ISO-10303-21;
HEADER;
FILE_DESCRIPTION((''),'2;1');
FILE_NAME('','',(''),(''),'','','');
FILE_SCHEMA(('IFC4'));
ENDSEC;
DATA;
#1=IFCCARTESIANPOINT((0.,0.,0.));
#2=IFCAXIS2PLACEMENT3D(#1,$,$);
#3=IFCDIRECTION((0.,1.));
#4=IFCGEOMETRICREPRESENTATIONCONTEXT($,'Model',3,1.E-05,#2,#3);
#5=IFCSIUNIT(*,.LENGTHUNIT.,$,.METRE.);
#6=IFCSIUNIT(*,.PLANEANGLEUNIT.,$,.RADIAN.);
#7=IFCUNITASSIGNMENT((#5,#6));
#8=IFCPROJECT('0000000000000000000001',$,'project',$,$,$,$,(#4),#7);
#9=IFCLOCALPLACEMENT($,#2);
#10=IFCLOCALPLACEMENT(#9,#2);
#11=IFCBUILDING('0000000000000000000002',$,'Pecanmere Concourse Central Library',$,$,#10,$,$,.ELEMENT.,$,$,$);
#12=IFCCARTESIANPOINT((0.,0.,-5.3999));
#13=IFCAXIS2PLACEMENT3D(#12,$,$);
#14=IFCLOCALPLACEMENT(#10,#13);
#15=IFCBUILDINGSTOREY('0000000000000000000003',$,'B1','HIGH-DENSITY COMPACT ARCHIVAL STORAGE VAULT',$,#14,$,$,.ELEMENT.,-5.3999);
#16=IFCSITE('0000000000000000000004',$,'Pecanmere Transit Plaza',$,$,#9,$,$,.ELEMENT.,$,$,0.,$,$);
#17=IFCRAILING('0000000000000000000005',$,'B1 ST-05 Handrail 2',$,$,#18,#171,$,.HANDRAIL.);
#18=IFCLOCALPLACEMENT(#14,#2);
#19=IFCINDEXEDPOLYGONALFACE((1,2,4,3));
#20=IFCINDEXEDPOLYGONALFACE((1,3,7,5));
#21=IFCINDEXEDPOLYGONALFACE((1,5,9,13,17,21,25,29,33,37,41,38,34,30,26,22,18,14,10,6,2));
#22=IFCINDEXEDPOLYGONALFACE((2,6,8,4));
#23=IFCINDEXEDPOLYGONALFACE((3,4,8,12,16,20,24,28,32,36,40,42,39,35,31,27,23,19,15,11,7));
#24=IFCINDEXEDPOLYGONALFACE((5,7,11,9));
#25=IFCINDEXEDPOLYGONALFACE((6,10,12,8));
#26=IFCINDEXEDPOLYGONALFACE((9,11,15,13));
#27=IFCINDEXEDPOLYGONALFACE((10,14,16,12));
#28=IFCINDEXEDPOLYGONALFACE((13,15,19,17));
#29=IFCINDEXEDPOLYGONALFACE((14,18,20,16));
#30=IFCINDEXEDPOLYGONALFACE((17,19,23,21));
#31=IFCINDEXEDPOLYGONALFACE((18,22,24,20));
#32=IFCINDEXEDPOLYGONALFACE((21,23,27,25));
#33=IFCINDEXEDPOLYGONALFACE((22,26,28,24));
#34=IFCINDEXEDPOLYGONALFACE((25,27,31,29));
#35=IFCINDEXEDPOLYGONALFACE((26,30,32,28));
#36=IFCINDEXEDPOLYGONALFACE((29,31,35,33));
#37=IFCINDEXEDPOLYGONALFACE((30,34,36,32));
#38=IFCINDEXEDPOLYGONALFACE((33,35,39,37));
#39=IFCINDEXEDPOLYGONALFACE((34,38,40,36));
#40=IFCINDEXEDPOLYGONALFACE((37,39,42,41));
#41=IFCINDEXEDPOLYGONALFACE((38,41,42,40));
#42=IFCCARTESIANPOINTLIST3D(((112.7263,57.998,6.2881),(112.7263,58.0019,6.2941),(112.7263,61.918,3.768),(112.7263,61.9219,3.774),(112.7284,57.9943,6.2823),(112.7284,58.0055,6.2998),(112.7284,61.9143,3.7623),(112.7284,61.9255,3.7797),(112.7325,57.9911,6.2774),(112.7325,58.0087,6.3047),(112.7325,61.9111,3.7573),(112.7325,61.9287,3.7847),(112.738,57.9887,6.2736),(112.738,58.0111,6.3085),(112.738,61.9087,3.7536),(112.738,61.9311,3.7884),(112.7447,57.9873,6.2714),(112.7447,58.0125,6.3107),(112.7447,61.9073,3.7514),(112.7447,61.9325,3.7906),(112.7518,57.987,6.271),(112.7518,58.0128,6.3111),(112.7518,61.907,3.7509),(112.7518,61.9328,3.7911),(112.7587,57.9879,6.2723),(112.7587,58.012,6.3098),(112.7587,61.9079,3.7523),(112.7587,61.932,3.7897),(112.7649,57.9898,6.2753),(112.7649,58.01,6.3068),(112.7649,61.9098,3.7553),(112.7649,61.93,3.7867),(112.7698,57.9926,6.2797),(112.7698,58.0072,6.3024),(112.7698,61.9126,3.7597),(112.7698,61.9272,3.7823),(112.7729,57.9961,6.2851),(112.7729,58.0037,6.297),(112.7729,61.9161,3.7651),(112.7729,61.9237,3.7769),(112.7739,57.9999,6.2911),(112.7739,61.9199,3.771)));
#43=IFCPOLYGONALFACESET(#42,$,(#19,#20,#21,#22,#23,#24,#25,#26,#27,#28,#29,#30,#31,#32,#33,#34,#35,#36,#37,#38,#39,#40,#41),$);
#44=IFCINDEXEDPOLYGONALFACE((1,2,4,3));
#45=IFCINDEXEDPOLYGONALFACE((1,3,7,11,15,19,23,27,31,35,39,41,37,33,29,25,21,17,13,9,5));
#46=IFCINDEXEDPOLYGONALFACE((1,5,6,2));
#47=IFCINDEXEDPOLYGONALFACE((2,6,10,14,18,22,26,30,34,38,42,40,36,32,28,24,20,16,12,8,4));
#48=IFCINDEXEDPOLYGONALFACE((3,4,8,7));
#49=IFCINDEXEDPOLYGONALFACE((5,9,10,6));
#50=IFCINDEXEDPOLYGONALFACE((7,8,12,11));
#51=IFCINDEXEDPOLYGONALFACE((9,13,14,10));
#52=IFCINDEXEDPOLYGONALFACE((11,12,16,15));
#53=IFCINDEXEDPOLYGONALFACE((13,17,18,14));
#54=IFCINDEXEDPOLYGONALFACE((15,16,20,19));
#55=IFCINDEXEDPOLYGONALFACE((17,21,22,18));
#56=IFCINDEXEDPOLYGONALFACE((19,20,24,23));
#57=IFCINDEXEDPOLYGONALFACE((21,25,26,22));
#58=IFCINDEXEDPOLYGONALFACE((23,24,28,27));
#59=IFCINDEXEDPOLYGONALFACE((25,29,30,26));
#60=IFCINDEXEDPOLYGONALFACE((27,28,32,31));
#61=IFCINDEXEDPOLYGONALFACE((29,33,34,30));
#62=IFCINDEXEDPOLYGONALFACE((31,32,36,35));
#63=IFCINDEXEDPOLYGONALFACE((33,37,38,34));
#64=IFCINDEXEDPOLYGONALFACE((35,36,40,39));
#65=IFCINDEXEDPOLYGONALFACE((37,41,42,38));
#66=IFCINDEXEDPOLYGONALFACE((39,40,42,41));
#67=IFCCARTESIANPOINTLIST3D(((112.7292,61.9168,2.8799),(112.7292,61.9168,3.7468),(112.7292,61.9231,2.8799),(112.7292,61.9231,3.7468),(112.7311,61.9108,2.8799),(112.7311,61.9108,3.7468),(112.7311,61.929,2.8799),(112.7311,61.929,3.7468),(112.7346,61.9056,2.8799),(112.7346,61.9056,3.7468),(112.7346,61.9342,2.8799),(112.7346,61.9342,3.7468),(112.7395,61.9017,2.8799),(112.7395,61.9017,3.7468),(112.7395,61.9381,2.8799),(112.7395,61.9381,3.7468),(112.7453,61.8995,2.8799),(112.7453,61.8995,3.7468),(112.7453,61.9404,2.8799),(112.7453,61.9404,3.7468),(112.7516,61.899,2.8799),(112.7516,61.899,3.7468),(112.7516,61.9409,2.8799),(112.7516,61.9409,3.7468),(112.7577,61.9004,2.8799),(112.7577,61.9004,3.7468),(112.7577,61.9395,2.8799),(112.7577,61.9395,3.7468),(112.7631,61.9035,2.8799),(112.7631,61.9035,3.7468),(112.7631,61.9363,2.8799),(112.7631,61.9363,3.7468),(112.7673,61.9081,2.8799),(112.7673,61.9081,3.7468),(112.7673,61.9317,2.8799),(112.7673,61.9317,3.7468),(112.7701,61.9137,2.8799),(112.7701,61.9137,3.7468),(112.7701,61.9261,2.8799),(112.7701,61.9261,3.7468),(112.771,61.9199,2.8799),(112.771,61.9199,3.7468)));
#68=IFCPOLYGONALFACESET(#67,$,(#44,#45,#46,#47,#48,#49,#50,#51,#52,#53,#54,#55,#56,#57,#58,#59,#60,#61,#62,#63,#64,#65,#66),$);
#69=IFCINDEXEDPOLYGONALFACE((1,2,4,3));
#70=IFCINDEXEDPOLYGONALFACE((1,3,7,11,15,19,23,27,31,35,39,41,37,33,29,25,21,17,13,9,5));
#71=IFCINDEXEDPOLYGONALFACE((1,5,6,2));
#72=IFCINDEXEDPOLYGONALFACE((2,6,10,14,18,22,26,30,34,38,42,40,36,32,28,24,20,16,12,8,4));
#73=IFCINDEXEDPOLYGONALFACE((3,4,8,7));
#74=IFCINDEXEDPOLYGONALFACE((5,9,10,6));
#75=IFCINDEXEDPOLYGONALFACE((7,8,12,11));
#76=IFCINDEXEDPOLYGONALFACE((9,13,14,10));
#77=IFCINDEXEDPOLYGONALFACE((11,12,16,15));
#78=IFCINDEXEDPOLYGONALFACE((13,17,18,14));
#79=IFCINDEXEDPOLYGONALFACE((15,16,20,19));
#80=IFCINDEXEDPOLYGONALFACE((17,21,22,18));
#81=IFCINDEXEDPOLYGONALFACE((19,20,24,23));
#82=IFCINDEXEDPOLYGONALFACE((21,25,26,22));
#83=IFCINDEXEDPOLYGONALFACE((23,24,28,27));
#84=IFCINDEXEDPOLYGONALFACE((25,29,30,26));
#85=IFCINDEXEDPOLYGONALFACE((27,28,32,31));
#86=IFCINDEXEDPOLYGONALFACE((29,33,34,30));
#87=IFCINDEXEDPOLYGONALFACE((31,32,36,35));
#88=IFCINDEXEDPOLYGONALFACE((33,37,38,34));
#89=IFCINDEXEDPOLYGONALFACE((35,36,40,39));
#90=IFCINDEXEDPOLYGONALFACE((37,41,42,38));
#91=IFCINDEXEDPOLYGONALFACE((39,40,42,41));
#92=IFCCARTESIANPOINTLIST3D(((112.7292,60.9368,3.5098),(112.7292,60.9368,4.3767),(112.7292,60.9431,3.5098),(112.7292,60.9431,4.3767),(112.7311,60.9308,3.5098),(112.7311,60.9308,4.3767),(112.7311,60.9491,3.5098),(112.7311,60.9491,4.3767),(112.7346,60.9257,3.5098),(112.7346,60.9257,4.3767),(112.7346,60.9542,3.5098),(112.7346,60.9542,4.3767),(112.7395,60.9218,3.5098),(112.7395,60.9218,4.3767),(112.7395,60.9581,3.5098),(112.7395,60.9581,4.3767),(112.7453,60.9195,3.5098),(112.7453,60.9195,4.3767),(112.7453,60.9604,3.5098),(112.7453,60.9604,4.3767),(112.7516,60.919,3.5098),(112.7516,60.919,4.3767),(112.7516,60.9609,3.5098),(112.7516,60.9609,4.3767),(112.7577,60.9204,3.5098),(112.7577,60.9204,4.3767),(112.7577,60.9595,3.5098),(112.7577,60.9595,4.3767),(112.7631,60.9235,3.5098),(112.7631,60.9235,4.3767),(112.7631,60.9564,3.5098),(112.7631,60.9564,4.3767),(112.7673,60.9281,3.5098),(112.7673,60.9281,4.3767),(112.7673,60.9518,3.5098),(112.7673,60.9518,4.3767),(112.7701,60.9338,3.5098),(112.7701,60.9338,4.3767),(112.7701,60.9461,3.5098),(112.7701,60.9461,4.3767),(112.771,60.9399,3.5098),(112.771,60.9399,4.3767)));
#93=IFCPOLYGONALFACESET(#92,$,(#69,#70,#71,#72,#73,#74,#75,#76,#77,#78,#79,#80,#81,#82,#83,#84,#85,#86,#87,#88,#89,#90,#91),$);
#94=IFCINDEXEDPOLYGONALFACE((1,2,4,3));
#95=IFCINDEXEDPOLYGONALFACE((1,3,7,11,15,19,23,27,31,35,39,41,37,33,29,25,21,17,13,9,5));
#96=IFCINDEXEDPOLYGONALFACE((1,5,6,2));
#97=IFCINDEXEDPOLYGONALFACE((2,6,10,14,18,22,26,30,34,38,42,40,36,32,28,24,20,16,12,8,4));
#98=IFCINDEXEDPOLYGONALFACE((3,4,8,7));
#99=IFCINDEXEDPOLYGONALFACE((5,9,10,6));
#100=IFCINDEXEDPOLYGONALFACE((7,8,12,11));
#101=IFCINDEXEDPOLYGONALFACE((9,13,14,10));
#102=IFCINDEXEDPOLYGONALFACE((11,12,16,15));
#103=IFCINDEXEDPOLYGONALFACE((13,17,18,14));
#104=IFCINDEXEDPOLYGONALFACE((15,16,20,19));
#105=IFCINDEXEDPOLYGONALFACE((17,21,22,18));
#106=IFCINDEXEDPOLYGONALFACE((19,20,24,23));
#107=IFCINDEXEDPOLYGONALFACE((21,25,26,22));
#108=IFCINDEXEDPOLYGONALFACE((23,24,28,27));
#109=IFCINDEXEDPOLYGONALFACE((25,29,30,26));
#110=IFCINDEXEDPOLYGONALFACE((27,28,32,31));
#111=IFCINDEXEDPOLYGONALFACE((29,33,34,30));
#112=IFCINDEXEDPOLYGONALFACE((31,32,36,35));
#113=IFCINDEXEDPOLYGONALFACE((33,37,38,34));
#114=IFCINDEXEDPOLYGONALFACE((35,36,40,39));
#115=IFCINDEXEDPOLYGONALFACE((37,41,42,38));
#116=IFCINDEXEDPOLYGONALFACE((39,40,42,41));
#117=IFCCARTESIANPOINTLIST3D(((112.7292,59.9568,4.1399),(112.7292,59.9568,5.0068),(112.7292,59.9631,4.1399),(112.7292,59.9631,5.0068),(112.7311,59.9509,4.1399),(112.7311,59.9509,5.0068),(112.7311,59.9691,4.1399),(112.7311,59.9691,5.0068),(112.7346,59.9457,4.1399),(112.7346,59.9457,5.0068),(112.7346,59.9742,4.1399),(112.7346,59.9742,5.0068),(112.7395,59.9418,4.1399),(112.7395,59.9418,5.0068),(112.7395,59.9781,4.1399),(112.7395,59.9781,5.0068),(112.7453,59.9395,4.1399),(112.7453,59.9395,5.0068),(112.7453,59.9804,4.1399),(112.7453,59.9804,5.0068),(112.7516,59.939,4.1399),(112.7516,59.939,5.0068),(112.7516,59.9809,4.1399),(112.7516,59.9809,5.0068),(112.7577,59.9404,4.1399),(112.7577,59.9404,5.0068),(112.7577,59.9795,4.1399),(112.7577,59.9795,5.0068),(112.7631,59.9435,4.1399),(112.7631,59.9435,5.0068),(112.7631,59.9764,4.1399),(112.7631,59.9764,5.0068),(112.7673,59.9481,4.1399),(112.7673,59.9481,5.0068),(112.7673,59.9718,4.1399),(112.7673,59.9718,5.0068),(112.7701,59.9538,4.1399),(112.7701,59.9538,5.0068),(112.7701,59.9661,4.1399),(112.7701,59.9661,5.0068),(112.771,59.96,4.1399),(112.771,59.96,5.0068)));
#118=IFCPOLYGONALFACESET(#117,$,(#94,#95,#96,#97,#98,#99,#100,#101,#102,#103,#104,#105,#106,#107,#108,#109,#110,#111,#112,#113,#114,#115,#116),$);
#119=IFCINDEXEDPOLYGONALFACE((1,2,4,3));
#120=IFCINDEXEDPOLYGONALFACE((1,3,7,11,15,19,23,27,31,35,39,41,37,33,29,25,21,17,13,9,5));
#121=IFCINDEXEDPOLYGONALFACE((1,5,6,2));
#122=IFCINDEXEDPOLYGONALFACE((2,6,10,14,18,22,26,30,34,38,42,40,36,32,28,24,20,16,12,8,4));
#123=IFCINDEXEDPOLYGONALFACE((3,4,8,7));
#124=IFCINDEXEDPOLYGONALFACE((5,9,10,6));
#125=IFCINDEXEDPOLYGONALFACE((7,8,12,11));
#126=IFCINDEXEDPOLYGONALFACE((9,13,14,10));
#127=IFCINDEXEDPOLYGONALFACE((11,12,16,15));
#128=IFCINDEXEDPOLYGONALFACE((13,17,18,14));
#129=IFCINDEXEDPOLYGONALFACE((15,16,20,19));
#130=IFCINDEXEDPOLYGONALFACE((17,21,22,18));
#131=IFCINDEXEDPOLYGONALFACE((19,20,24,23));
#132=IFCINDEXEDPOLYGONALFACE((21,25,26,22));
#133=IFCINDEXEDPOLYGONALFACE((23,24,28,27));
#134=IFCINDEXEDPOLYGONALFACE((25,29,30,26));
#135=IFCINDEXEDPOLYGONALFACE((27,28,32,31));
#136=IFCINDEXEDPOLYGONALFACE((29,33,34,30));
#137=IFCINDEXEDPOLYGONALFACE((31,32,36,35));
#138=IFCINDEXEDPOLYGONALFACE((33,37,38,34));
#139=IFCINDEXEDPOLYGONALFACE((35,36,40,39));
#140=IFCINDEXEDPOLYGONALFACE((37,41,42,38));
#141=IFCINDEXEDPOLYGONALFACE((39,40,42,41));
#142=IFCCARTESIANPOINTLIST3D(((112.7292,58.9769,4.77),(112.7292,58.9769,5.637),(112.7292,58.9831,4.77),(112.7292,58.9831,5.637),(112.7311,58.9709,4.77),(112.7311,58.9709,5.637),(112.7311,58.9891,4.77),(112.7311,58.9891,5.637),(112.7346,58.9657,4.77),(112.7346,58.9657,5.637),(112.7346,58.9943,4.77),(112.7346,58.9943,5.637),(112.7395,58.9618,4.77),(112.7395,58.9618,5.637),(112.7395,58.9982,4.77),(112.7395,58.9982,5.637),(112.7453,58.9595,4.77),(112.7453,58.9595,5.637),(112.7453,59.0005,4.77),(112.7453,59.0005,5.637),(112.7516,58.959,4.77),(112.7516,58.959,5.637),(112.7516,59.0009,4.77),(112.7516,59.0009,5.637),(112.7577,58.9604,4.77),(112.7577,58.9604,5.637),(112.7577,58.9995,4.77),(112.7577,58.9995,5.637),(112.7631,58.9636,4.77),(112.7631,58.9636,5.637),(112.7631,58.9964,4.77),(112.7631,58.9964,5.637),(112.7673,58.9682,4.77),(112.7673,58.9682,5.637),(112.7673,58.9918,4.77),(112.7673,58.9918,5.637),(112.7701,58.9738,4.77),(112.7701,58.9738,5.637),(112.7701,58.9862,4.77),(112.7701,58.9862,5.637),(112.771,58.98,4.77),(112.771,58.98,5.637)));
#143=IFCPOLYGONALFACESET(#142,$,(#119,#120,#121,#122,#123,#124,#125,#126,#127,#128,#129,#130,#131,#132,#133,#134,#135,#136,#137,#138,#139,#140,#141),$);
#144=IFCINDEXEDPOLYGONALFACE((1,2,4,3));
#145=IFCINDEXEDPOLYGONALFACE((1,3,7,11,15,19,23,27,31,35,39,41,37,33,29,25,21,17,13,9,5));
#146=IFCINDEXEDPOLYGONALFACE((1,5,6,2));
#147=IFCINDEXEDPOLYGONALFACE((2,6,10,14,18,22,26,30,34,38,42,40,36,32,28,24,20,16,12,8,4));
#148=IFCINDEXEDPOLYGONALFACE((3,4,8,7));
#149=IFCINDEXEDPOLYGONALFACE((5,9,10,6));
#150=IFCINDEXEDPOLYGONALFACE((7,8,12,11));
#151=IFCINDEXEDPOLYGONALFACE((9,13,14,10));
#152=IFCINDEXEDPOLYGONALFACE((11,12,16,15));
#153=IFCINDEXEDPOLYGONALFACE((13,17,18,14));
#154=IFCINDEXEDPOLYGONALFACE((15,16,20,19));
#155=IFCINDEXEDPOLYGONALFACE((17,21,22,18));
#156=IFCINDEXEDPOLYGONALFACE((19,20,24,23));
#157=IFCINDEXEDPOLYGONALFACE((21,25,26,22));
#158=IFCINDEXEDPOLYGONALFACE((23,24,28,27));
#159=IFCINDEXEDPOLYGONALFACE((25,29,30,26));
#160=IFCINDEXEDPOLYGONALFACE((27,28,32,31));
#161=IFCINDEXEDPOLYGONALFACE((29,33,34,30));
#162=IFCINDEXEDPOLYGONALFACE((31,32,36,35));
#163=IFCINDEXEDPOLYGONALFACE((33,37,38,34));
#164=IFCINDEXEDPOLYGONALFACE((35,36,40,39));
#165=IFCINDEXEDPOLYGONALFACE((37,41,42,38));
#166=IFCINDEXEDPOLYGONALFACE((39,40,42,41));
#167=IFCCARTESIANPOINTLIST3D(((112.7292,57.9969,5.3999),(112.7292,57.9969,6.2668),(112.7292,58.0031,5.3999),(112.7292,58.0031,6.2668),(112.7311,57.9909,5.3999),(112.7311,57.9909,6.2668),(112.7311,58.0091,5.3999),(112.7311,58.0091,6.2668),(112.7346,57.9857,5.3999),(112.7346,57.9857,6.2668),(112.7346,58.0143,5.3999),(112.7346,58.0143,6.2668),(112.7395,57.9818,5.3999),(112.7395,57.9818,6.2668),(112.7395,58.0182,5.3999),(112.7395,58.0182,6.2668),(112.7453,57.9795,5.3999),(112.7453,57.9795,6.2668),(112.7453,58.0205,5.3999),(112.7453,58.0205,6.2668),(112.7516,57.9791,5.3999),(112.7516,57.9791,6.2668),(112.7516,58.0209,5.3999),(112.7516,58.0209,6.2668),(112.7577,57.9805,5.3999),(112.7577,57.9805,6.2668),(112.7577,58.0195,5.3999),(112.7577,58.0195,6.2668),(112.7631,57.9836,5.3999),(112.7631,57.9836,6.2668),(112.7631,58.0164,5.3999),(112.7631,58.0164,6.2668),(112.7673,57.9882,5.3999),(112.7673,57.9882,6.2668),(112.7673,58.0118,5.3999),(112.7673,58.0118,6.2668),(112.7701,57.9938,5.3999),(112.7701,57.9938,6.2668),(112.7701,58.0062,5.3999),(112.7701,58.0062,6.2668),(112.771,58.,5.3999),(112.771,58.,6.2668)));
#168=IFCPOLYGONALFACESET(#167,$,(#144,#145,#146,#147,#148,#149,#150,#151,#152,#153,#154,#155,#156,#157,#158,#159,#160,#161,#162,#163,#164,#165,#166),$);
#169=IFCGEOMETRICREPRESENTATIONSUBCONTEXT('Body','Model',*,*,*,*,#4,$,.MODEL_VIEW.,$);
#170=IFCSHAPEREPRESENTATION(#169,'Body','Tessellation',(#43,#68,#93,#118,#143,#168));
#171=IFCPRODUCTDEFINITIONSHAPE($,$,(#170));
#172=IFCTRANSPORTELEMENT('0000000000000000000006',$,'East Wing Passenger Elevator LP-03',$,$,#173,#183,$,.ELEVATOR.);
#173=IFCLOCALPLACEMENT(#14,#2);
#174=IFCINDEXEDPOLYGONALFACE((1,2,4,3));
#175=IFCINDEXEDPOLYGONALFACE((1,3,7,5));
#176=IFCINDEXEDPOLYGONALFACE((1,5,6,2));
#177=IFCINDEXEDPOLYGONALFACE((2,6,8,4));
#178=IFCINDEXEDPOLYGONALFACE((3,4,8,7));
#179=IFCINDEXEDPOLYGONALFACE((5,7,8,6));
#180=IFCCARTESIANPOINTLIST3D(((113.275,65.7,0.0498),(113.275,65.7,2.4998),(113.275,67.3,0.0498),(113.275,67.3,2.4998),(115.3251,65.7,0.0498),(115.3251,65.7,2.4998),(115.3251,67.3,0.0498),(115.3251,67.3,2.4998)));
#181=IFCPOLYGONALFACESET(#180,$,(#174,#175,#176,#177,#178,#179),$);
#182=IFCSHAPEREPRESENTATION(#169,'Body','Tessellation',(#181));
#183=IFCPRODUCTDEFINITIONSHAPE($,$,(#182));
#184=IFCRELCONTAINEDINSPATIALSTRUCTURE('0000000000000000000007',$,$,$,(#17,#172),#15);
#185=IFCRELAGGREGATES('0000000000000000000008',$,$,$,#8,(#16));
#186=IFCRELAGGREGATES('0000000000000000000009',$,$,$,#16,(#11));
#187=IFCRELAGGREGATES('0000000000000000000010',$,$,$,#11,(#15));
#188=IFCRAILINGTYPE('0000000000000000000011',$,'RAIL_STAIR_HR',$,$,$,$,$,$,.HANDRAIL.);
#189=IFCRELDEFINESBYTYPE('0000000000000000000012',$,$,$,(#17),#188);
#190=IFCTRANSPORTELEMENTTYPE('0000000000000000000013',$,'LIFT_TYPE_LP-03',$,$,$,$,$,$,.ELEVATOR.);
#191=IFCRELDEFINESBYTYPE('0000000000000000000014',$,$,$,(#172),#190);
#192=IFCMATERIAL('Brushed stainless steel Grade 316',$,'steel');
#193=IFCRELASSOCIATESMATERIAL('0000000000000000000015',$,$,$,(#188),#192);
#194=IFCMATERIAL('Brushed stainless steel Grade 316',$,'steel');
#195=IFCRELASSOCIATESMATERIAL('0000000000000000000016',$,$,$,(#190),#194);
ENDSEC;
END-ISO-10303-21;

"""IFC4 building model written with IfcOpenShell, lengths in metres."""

from ifc_helpers import new_model, si_unit, direction, frame, origin, origin_2d, place, context, subcontext, project, spatial, rectangle, circle, extrude, material, type_object, element, save


model = new_model("IFC4")

# Units and contexts
model_context = context("Model", 3, precision=1e-05, world=origin(), true_north=direction((0.0, 1.0)))
body_context = subcontext(model_context, "Body", "Model", "MODEL_VIEW")
ifc_project = project(units=[si_unit("LENGTHUNIT", "METRE"), si_unit("PLANEANGLEUNIT", "RADIAN")], contexts=[model_context])

# Site, building, storey
site_placement = place(None, origin())
site = spatial("IfcSite", under=ifc_project, at=site_placement, Name="Pecanmere Transit Plaza", CompositionType="ELEMENT", RefElevation=0.0)
building_placement = place(site_placement, origin())
building = spatial("IfcBuilding", under=site, at=building_placement, Name="Pecanmere Concourse Central Library", CompositionType="ELEMENT")
storey_placement = place(building_placement, frame((0.0, 0.0, -5.3999)))
storey = spatial("IfcBuildingStorey", under=building, at=storey_placement, Name="B1", Description="HIGH-DENSITY COMPACT ARCHIVAL STORAGE VAULT", CompositionType="ELEMENT", Elevation=-5.3999)

# Railing
ifc_material_1 = material(Name="Brushed stainless steel Grade 316", Category="steel")
railing_type_1 = type_object("IfcRailingType", Name="RAIL_STAIR_HR", PredefinedType="HANDRAIL", material=ifc_material_1)
railing_1_placement = place(storey_placement, frame((112.75, 61.9199, 2.8799)))
element("IfcRailing", 1, at=railing_1_placement, inside=storey, type_object=railing_type_1, Name="B1 ST-05 Handrail 2", PredefinedType="HANDRAIL", context=body_context, shape_type="SweptSolid", body=[
    extrude(circle(Radius=0.0239, at=origin_2d()), frame((0.0, 0.0, 0.8911), z_axis=(0.0, -0.841172, 0.540768), x_axis=(1.0, 0.0, 0.0)), (0.0, 0.0, 1.0), 4.6602),
    extrude(circle(Radius=0.021, at=origin_2d()), origin(), (0.0, 0.0, 1.0), 0.8669),
    extrude(circle(Radius=0.021, at=origin_2d()), frame((0.0, -0.98, 0.6299)), (0.0, 0.0, 1.0), 0.8669),
    extrude(circle(Radius=0.021, at=origin_2d()), frame((0.0, -1.96, 1.26)), (0.0, 0.0, 1.0), 0.8669),
    extrude(circle(Radius=0.021, at=origin_2d()), frame((0.0, -2.9399, 1.8901)), (0.0, 0.0, 1.0), 0.8669),
    extrude(circle(Radius=0.021, at=origin_2d()), frame((0.0, -3.9199, 2.52)), (0.0, 0.0, 1.0), 0.8669),
])

# Transport element
ifc_material_2 = material(Name="Brushed stainless steel Grade 316", Category="steel")
transport_element_type = type_object("IfcTransportElementType", Name="LIFT_TYPE_LP-03", PredefinedType="ELEVATOR", material=ifc_material_2)
transport_element_placement = place(storey_placement, frame((114.3, 66.5, 0.0498), z_axis=(0.0, 0.0, 1.0), x_axis=(1.0, 0.0, 0.0)))
element("IfcTransportElement", 2, at=transport_element_placement, inside=storey, type_object=transport_element_type, Name="East Wing Passenger Elevator LP-03", PredefinedType="ELEVATOR", context=body_context, shape_type="SweptSolid", body=[
    extrude(rectangle(XDim=2.05, YDim=1.6001, at=origin_2d()), origin(), (0.0, 0.0, 1.0), 2.45),
])

save(model, "model.ifc")
